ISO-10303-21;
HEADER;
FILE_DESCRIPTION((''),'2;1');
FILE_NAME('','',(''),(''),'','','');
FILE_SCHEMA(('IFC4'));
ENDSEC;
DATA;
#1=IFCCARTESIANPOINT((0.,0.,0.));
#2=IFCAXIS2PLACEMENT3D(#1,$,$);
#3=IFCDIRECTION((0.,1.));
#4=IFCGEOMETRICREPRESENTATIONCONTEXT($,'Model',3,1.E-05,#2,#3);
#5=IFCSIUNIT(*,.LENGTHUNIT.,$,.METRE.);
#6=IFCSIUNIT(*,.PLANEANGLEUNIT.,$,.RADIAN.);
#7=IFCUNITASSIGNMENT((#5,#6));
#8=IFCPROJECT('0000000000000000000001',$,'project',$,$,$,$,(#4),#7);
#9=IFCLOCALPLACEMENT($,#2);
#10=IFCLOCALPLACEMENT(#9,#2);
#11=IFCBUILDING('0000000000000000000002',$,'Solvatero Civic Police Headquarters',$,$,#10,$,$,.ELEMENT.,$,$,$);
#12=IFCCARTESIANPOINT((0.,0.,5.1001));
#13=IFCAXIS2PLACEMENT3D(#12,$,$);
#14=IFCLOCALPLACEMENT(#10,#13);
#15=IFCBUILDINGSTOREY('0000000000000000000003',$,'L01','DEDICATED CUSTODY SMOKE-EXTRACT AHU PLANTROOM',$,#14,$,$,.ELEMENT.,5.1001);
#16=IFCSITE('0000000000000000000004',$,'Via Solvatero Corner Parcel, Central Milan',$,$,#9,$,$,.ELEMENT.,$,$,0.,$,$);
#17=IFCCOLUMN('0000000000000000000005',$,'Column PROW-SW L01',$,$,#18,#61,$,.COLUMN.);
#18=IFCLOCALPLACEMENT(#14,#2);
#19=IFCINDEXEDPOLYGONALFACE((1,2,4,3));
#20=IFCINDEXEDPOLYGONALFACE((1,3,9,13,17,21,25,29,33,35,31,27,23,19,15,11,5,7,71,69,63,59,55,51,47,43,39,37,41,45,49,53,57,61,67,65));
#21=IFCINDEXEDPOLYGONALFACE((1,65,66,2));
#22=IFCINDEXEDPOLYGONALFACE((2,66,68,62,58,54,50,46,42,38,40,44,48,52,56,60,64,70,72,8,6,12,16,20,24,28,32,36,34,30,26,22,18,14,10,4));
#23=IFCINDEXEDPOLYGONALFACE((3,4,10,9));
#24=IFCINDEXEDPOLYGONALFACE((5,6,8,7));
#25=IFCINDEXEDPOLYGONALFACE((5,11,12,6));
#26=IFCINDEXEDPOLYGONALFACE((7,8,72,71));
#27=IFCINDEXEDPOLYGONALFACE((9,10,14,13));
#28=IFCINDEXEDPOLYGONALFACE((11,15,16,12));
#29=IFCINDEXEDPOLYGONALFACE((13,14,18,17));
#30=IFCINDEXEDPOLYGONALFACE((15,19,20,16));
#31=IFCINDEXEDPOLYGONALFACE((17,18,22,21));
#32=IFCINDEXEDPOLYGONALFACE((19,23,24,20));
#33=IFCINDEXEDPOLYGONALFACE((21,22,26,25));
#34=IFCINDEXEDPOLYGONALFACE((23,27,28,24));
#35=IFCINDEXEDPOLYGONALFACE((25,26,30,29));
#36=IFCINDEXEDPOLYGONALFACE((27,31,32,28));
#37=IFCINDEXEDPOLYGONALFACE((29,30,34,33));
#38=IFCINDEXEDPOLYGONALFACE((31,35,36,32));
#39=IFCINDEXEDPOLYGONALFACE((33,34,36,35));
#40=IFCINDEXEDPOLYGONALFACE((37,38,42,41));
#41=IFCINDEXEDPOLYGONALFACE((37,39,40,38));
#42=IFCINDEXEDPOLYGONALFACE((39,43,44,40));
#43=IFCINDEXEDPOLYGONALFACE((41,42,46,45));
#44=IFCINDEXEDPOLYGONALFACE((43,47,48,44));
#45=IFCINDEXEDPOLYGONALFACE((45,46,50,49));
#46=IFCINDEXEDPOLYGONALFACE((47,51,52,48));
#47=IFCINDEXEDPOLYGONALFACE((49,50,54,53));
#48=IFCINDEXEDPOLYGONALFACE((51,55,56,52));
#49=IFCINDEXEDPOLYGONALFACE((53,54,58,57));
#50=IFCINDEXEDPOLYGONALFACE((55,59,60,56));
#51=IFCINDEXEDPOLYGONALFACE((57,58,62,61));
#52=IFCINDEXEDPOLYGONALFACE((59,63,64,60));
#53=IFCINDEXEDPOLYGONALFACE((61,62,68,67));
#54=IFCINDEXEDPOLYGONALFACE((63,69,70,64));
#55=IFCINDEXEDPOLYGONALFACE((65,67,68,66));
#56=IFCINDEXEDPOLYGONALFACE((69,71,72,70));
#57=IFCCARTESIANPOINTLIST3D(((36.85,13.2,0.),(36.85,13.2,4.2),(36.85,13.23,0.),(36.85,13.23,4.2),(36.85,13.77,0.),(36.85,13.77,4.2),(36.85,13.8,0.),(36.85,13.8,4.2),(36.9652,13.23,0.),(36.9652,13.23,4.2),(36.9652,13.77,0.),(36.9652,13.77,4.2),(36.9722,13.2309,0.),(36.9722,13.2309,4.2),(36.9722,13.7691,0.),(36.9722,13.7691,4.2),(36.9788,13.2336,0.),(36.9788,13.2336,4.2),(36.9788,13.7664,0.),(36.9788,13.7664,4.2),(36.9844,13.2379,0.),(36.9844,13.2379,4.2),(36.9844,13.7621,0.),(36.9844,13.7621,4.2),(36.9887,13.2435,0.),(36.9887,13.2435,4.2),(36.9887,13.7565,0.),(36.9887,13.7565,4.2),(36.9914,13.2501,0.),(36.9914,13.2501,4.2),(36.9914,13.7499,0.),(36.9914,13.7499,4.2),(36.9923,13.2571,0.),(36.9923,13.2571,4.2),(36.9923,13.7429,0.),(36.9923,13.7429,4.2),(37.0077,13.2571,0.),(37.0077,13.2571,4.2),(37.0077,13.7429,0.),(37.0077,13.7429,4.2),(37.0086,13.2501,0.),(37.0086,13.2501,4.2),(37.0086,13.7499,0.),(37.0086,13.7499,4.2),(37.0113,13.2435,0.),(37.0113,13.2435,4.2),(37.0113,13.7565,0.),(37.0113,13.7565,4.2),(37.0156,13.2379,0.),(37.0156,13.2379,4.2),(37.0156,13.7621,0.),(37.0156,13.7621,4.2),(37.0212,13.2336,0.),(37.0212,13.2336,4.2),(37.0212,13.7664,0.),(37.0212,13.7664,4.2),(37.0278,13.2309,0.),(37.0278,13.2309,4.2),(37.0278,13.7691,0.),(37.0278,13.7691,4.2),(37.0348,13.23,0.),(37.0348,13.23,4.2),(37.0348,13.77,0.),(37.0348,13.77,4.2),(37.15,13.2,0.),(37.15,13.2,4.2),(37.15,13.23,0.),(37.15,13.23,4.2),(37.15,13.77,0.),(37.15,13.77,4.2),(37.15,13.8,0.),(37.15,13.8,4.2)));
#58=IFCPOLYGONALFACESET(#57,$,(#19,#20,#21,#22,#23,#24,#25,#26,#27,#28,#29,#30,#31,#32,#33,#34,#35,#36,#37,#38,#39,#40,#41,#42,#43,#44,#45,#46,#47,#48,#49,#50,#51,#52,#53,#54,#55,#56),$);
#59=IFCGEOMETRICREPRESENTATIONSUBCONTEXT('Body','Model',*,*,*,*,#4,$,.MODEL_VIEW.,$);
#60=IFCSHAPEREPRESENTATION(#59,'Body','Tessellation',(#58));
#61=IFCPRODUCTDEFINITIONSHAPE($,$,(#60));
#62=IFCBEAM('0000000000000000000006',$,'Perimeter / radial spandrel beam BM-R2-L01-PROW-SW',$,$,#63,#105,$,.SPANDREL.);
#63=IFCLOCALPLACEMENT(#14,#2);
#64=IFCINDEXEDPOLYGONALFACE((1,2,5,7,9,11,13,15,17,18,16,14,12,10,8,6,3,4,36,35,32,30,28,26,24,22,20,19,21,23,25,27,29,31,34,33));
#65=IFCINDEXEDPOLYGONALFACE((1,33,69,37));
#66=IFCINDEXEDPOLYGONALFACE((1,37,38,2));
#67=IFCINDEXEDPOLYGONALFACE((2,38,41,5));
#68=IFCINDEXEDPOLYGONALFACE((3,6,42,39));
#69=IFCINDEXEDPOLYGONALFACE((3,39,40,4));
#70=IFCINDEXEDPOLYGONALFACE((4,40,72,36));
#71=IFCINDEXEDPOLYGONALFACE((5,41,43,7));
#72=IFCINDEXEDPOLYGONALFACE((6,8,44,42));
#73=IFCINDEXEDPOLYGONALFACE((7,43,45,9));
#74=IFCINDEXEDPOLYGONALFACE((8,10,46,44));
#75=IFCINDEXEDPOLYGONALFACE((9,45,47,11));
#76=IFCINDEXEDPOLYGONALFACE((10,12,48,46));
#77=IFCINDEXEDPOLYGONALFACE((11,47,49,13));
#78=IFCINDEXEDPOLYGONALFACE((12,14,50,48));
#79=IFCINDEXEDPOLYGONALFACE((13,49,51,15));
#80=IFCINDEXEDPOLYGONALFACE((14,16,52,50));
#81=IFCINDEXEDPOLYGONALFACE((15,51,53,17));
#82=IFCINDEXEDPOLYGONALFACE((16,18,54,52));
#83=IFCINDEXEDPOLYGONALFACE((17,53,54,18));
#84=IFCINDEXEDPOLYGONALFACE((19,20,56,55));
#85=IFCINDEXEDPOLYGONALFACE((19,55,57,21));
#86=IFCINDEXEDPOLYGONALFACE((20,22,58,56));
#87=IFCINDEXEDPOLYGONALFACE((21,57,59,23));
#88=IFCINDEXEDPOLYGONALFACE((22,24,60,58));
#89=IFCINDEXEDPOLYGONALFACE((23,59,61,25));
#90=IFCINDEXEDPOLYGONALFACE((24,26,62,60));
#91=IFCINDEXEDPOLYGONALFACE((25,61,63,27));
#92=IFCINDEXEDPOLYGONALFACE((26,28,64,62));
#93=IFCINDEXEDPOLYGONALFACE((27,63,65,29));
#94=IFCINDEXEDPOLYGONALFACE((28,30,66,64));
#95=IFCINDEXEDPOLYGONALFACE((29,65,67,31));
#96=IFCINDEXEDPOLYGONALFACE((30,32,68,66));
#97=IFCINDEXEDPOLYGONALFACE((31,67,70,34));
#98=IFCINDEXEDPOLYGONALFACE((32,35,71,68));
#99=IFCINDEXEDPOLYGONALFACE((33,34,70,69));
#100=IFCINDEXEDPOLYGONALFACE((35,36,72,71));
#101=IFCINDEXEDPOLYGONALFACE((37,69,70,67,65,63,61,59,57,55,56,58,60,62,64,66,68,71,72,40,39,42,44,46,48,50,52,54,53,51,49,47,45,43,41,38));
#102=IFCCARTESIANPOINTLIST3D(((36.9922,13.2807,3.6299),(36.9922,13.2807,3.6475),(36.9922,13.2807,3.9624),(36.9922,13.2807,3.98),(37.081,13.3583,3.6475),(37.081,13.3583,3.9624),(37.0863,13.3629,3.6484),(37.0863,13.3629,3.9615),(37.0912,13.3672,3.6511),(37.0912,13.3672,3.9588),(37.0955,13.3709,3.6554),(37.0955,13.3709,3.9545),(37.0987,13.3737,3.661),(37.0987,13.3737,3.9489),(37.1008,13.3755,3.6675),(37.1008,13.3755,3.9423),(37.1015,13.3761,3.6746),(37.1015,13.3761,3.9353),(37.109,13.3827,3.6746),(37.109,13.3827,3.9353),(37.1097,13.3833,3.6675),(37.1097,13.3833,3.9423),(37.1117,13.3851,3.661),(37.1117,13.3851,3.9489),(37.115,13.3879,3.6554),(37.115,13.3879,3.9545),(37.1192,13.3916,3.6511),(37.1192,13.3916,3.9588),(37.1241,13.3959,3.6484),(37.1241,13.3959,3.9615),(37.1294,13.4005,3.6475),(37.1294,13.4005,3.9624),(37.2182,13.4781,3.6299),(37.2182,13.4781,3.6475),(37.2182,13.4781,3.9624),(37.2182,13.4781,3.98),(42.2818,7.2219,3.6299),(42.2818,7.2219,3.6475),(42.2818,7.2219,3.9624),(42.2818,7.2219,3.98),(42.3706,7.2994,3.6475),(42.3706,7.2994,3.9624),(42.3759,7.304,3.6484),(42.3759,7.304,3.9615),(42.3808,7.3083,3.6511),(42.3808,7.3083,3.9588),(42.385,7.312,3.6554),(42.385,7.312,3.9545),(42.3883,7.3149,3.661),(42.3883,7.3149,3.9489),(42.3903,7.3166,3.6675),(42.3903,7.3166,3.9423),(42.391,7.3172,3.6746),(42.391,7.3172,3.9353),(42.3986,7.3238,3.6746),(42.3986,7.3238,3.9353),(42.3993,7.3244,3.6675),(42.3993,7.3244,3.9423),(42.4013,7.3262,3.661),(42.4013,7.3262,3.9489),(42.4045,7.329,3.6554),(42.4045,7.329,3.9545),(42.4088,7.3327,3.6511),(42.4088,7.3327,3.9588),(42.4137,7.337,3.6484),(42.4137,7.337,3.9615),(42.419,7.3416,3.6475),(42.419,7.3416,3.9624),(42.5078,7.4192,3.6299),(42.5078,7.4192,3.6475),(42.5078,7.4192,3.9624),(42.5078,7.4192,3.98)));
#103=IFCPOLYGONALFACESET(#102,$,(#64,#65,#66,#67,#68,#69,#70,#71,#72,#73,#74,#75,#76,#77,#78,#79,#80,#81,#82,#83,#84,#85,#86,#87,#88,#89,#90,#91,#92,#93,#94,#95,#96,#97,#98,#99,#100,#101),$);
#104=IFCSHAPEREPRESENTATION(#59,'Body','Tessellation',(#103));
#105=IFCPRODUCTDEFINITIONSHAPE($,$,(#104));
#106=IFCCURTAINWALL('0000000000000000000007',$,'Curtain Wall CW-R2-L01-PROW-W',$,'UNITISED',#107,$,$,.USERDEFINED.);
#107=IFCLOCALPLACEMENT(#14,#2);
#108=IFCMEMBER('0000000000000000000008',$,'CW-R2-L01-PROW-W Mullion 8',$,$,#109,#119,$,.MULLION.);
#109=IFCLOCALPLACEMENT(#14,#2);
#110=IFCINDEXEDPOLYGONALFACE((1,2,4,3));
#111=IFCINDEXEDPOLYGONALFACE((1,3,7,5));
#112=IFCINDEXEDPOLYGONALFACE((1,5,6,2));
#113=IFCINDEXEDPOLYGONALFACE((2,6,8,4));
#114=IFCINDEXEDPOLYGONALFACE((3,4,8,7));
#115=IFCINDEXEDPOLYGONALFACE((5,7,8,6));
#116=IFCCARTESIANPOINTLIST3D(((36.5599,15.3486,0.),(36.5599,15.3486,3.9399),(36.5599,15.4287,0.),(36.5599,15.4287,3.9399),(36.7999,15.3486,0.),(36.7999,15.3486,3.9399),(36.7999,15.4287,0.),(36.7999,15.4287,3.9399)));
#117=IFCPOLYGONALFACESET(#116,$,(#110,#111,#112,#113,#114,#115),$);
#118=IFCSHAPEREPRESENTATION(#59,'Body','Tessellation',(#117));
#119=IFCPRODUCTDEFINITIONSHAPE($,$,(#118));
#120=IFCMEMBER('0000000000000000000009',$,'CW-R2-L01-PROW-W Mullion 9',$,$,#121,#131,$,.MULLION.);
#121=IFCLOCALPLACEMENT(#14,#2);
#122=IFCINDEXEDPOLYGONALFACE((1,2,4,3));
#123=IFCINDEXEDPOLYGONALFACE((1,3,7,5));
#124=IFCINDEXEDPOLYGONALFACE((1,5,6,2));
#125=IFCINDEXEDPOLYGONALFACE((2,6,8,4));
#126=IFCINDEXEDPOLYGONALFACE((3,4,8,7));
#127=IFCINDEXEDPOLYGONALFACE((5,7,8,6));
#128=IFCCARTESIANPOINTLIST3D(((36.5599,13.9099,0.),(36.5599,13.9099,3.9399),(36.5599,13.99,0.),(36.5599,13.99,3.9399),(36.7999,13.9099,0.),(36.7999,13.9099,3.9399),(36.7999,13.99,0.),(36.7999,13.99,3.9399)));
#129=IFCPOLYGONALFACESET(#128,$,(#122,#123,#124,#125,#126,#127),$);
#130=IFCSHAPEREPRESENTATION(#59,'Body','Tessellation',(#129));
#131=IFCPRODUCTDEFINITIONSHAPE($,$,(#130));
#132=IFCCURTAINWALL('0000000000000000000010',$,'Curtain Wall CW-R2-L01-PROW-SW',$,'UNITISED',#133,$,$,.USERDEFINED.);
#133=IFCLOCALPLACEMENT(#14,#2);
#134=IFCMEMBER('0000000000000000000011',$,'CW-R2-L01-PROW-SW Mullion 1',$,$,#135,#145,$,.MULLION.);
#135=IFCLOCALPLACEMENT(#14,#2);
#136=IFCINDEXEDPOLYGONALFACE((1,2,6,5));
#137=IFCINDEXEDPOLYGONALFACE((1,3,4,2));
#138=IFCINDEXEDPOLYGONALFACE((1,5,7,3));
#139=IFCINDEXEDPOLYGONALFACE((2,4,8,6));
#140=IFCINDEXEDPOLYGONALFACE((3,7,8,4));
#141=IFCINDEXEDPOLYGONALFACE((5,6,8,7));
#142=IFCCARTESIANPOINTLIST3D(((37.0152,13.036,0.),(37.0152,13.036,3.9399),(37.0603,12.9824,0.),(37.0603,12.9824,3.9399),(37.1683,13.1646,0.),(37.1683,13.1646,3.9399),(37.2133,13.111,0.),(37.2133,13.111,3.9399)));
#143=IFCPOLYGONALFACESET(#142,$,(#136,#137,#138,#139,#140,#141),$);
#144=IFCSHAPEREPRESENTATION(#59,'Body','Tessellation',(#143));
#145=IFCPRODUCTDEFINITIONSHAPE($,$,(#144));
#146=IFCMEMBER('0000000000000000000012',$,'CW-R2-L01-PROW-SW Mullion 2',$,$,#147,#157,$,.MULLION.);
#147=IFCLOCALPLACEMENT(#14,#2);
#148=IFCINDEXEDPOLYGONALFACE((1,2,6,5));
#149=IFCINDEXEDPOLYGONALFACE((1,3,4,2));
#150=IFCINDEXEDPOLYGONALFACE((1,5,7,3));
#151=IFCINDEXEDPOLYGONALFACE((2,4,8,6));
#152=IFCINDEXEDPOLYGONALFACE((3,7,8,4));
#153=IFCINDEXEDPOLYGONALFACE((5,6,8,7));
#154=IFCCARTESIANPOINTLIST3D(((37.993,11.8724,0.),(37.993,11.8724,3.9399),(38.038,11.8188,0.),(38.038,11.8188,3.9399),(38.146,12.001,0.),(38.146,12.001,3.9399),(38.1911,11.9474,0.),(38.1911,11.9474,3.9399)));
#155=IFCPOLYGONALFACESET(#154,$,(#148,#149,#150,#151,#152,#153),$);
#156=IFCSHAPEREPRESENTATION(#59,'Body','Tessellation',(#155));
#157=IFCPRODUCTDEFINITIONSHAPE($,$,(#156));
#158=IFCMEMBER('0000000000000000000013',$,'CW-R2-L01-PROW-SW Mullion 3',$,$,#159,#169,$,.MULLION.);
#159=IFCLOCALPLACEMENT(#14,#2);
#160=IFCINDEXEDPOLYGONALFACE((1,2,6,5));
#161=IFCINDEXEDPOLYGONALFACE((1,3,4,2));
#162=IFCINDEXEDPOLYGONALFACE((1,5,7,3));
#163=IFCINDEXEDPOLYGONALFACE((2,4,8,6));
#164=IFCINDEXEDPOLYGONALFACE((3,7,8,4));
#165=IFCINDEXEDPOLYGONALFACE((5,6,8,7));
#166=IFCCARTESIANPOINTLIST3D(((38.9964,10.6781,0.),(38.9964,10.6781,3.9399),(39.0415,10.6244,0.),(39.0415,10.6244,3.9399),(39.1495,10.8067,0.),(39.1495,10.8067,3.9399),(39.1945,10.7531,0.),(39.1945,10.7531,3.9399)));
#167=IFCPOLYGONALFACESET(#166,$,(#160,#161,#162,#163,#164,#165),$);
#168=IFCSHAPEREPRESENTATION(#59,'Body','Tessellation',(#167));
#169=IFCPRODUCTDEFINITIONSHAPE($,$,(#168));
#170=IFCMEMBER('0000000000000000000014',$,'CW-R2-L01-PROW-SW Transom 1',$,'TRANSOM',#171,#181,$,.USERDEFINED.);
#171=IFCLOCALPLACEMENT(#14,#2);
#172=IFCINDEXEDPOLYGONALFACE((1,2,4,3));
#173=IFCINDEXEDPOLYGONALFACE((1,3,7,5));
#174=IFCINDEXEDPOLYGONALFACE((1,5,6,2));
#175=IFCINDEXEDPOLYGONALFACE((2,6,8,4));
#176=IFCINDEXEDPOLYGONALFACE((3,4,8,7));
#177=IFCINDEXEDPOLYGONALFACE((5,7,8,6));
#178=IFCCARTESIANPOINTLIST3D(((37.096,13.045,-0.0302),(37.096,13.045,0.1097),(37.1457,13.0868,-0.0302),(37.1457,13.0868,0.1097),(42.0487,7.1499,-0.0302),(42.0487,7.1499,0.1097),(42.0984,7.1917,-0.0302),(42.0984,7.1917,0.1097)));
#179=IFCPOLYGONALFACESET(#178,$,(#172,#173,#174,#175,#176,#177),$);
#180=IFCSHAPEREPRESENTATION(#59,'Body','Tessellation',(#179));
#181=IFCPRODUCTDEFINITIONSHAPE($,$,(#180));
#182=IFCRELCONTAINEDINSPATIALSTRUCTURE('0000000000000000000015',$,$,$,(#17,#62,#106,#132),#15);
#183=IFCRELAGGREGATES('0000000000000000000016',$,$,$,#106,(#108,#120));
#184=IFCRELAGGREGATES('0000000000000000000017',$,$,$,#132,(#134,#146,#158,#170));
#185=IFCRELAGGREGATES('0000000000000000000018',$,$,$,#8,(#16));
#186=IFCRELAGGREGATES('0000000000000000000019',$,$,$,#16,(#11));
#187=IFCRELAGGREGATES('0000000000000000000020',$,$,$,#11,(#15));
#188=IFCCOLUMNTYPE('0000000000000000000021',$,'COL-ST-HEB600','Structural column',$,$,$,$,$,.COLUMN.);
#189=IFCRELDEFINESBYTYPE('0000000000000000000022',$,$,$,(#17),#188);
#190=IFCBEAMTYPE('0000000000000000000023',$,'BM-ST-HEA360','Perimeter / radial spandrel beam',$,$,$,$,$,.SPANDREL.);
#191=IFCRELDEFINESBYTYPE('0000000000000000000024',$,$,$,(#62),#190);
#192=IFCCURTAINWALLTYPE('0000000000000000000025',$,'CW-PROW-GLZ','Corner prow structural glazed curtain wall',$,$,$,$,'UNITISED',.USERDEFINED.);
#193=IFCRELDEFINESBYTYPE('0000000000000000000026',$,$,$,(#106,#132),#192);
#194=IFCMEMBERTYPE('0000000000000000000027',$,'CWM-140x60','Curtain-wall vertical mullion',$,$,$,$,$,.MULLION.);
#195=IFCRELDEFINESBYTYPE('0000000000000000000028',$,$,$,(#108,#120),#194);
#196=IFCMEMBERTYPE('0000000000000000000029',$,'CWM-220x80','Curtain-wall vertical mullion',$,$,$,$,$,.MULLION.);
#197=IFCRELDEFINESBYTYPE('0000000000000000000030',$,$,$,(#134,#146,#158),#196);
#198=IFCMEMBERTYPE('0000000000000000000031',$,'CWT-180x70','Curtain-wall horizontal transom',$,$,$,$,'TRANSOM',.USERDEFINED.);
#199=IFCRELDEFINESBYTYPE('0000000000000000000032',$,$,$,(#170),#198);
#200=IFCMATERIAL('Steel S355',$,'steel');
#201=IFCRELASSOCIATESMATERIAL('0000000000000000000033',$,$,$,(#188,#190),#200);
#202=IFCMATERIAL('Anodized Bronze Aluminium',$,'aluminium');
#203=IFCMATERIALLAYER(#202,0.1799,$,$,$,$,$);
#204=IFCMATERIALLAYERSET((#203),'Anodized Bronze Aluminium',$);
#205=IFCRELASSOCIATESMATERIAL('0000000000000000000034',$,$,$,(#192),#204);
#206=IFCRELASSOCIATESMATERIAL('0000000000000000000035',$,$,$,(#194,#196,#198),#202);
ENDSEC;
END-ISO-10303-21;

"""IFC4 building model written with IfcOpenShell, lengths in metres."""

from ifc_helpers import new_model, si_unit, direction, frame, origin, origin_2d, place, context, subcontext, project, spatial, rectangle, i_section, extrude, material, layer, layer_set, material_profile, profile_set, type_object, element, aggregate, save


model = new_model("IFC4")

# Units and contexts
model_context = context("Model", 3, precision=1e-05, world=origin(), true_north=direction((0.0, 1.0)))
body_context = subcontext(model_context, "Body", "Model", "MODEL_VIEW")
ifc_project = project(units=[si_unit("LENGTHUNIT", "METRE"), si_unit("PLANEANGLEUNIT", "RADIAN")], contexts=[model_context])

# Site, building, storey
site_placement = place(None, origin())
site = spatial("IfcSite", under=ifc_project, at=site_placement, Name="Via Solvatero Corner Parcel, Central Milan", CompositionType="ELEMENT", RefElevation=0.0)
building_placement = place(site_placement, origin())
building = spatial("IfcBuilding", under=site, at=building_placement, Name="Solvatero Civic Police Headquarters", CompositionType="ELEMENT")
storey_placement = place(building_placement, frame((0.0, 0.0, 5.1001)))
storey = spatial("IfcBuildingStorey", under=building, at=storey_placement, Name="L01", Description="DEDICATED CUSTODY SMOKE-EXTRACT AHU PLANTROOM", CompositionType="ELEMENT", Elevation=5.1001)

# Column
ifc_material_1 = material(Name="Steel S355", Category="steel")
ifc_material_profile_1 = material_profile(ifc_material_1, i_section(OverallWidth=0.3, OverallDepth=0.6001, WebThickness=0.0154, FlangeThickness=0.03, FilletRadius=0.0271, at=origin_2d()), Name="HEB 600")
ifc_profile_set_1 = profile_set([ifc_material_profile_1], Name="Steel S355")
column_type = type_object("IfcColumnType", Name="COL-ST-HEB600", Description="Structural column", PredefinedType="COLUMN", material=ifc_profile_set_1)
column_placement = place(storey_placement, frame((37.0, 13.5, 0.0), z_axis=(0.0, 0.0, 1.0), x_axis=(1.0, 0.0, 0.0)))
element("IfcColumn", 1, at=column_placement, inside=storey, type_object=column_type, Name="Column PROW-SW L01", PredefinedType="COLUMN", context=body_context, shape_type="SweptSolid", body=[
    extrude(i_section(OverallWidth=0.3, OverallDepth=0.6001, WebThickness=0.0154, FlangeThickness=0.03, FilletRadius=0.0271, at=origin_2d()), origin(), (0.0, 0.0, 1.0), 4.2),
])

# Beam
ifc_material_profile_2 = material_profile(ifc_material_1, i_section(OverallWidth=0.3, OverallDepth=0.3501, WebThickness=0.01, FlangeThickness=0.0176, FilletRadius=0.0271, at=origin_2d()), Name="HEA 360")
ifc_profile_set_2 = profile_set([ifc_material_profile_2], Name="Steel S355")
beam_type = type_object("IfcBeamType", Name="BM-ST-HEA360", Description="Perimeter / radial spandrel beam", PredefinedType="SPANDREL", material=ifc_profile_set_2)
beam_placement = place(storey_placement, frame((37.1052, 13.3794, 3.8049), z_axis=(0.657664, -0.753311, 0.0), x_axis=(0.753311, 0.657664, 0.0)))
element("IfcBeam", 2, at=beam_placement, inside=storey, type_object=beam_type, Name="Perimeter / radial spandrel beam BM-R2-L01-PROW-SW", PredefinedType="SPANDREL", context=body_context, shape_type="SweptSolid", body=[
    extrude(i_section(OverallWidth=0.3, OverallDepth=0.3501, WebThickness=0.01, FlangeThickness=0.0176, FilletRadius=0.0271, at=origin_2d()), origin(), (0.0, 0.0, 1.0), 8.043),
])

# Curtain walls, members
ifc_material_2 = material(Name="Anodized Bronze Aluminium", Category="aluminium")
ifc_layer_1 = layer(ifc_material_2, 0.1799)
ifc_layer_set_1 = layer_set([ifc_layer_1], Name="Anodized Bronze Aluminium")
curtain_wall_type = type_object("IfcCurtainWallType", Name="CW-PROW-GLZ", Description="Corner prow structural glazed curtain wall", ElementType="UNITISED", PredefinedType="USERDEFINED", material=ifc_layer_set_1)
curtain_wall_1_placement = place(storey_placement, origin())
curtain_wall_1 = element("IfcCurtainWall", 3, at=curtain_wall_1_placement, inside=storey, type_object=curtain_wall_type, Name="Curtain Wall CW-R2-L01-PROW-W", ObjectType="UNITISED", PredefinedType="USERDEFINED")
ifc_material_profile_3 = material_profile(ifc_material_2, rectangle(XDim=0.0801, YDim=0.24, at=origin_2d()), Name="ALU MULLION 80x240")
ifc_profile_set_3 = profile_set([ifc_material_profile_3], Name="Anodized Bronze Aluminium")
member_type_1 = type_object("IfcMemberType", Name="CWM-140x60", Description="Curtain-wall vertical mullion", PredefinedType="MULLION", material=ifc_profile_set_3)
member_1_placement = place(storey_placement, frame((36.6799, 15.3887, 0.0), z_axis=(0.0, 0.0, 1.0), x_axis=(0.0, -1.0, 0.0)))
member_1 = element("IfcMember", 4, at=member_1_placement, type_object=member_type_1, Name="CW-R2-L01-PROW-W Mullion 8", PredefinedType="MULLION", context=body_context, shape_type="SweptSolid", body=[
    extrude(rectangle(XDim=0.0801, YDim=0.24, at=origin_2d()), origin(), (0.0, 0.0, 1.0), 3.9399),
])
member_2_placement = place(storey_placement, frame((36.6799, 13.95, 0.0), z_axis=(0.0, 0.0, 1.0), x_axis=(0.0, -1.0, 0.0)))
member_2 = element("IfcMember", 5, at=member_2_placement, type_object=member_type_1, Name="CW-R2-L01-PROW-W Mullion 9", PredefinedType="MULLION", context=body_context, shape_type="SweptSolid", body=[
    extrude(rectangle(XDim=0.0801, YDim=0.24, at=origin_2d()), origin(), (0.0, 0.0, 1.0), 3.9399),
])
curtain_wall_2_placement = place(storey_placement, origin())
curtain_wall_2 = element("IfcCurtainWall", 6, at=curtain_wall_2_placement, inside=storey, type_object=curtain_wall_type, Name="Curtain Wall CW-R2-L01-PROW-SW", ObjectType="UNITISED", PredefinedType="USERDEFINED")
ifc_material_profile_4 = material_profile(ifc_material_2, rectangle(XDim=0.0701, YDim=0.2, at=origin_2d()), Name="ALU MULLION 70x200")
ifc_profile_set_4 = profile_set([ifc_material_profile_4], Name="Anodized Bronze Aluminium")
member_type_2 = type_object("IfcMemberType", Name="CWM-220x80", Description="Curtain-wall vertical mullion", PredefinedType="MULLION", material=ifc_profile_set_4)
member_3_placement = place(storey_placement, frame((37.1143, 13.0735, 0.0), z_axis=(0.0, 0.0, 1.0), x_axis=(0.643282, -0.765629, 0.0)))
member_3 = element("IfcMember", 7, at=member_3_placement, type_object=member_type_2, Name="CW-R2-L01-PROW-SW Mullion 1", PredefinedType="MULLION", context=body_context, shape_type="SweptSolid", body=[
    extrude(rectangle(XDim=0.0701, YDim=0.2, at=origin_2d()), origin(), (0.0, 0.0, 1.0), 3.9399),
])
member_4_placement = place(storey_placement, frame((38.092, 11.9099, 0.0), z_axis=(0.0, 0.0, 1.0), x_axis=(0.643282, -0.765629, 0.0)))
member_4 = element("IfcMember", 8, at=member_4_placement, type_object=member_type_2, Name="CW-R2-L01-PROW-SW Mullion 2", PredefinedType="MULLION", context=body_context, shape_type="SweptSolid", body=[
    extrude(rectangle(XDim=0.0701, YDim=0.2, at=origin_2d()), origin(), (0.0, 0.0, 1.0), 3.9399),
])
member_5_placement = place(storey_placement, frame((39.0955, 10.7156, 0.0), z_axis=(0.0, 0.0, 1.0), x_axis=(0.643282, -0.765629, 0.0)))
member_5 = element("IfcMember", 9, at=member_5_placement, type_object=member_type_2, Name="CW-R2-L01-PROW-SW Mullion 3", PredefinedType="MULLION", context=body_context, shape_type="SweptSolid", body=[
    extrude(rectangle(XDim=0.0701, YDim=0.2, at=origin_2d()), origin(), (0.0, 0.0, 1.0), 3.9399),
])
ifc_material_profile_5 = material_profile(ifc_material_2, rectangle(XDim=0.0649, YDim=0.1399, at=origin_2d()), Name="ALU TRANSOM 65x140")
ifc_profile_set_5 = profile_set([ifc_material_profile_5], Name="Anodized Bronze Aluminium")
member_type_3 = type_object("IfcMemberType", Name="CWT-180x70", Description="Curtain-wall horizontal transom", ElementType="TRANSOM", PredefinedType="USERDEFINED", material=ifc_profile_set_5)
member_6_placement = place(storey_placement, frame((37.1208, 13.0659, 0.0398), z_axis=(0.643255, -0.765652, 0.0), x_axis=(0.765652, 0.643255, 0.0)))
member_6 = element("IfcMember", 10, at=member_6_placement, type_object=member_type_3, Name="CW-R2-L01-PROW-SW Transom 1", ObjectType="TRANSOM", PredefinedType="USERDEFINED", context=body_context, shape_type="SweptSolid", body=[
    extrude(rectangle(XDim=0.0649, YDim=0.1399, at=origin_2d()), origin(), (0.0, 0.0, 1.0), 7.6995),
])

aggregate(curtain_wall_1, [member_1, member_2])
aggregate(curtain_wall_2, [member_3, member_4, member_5, member_6])

save(model, "model.ifc")
